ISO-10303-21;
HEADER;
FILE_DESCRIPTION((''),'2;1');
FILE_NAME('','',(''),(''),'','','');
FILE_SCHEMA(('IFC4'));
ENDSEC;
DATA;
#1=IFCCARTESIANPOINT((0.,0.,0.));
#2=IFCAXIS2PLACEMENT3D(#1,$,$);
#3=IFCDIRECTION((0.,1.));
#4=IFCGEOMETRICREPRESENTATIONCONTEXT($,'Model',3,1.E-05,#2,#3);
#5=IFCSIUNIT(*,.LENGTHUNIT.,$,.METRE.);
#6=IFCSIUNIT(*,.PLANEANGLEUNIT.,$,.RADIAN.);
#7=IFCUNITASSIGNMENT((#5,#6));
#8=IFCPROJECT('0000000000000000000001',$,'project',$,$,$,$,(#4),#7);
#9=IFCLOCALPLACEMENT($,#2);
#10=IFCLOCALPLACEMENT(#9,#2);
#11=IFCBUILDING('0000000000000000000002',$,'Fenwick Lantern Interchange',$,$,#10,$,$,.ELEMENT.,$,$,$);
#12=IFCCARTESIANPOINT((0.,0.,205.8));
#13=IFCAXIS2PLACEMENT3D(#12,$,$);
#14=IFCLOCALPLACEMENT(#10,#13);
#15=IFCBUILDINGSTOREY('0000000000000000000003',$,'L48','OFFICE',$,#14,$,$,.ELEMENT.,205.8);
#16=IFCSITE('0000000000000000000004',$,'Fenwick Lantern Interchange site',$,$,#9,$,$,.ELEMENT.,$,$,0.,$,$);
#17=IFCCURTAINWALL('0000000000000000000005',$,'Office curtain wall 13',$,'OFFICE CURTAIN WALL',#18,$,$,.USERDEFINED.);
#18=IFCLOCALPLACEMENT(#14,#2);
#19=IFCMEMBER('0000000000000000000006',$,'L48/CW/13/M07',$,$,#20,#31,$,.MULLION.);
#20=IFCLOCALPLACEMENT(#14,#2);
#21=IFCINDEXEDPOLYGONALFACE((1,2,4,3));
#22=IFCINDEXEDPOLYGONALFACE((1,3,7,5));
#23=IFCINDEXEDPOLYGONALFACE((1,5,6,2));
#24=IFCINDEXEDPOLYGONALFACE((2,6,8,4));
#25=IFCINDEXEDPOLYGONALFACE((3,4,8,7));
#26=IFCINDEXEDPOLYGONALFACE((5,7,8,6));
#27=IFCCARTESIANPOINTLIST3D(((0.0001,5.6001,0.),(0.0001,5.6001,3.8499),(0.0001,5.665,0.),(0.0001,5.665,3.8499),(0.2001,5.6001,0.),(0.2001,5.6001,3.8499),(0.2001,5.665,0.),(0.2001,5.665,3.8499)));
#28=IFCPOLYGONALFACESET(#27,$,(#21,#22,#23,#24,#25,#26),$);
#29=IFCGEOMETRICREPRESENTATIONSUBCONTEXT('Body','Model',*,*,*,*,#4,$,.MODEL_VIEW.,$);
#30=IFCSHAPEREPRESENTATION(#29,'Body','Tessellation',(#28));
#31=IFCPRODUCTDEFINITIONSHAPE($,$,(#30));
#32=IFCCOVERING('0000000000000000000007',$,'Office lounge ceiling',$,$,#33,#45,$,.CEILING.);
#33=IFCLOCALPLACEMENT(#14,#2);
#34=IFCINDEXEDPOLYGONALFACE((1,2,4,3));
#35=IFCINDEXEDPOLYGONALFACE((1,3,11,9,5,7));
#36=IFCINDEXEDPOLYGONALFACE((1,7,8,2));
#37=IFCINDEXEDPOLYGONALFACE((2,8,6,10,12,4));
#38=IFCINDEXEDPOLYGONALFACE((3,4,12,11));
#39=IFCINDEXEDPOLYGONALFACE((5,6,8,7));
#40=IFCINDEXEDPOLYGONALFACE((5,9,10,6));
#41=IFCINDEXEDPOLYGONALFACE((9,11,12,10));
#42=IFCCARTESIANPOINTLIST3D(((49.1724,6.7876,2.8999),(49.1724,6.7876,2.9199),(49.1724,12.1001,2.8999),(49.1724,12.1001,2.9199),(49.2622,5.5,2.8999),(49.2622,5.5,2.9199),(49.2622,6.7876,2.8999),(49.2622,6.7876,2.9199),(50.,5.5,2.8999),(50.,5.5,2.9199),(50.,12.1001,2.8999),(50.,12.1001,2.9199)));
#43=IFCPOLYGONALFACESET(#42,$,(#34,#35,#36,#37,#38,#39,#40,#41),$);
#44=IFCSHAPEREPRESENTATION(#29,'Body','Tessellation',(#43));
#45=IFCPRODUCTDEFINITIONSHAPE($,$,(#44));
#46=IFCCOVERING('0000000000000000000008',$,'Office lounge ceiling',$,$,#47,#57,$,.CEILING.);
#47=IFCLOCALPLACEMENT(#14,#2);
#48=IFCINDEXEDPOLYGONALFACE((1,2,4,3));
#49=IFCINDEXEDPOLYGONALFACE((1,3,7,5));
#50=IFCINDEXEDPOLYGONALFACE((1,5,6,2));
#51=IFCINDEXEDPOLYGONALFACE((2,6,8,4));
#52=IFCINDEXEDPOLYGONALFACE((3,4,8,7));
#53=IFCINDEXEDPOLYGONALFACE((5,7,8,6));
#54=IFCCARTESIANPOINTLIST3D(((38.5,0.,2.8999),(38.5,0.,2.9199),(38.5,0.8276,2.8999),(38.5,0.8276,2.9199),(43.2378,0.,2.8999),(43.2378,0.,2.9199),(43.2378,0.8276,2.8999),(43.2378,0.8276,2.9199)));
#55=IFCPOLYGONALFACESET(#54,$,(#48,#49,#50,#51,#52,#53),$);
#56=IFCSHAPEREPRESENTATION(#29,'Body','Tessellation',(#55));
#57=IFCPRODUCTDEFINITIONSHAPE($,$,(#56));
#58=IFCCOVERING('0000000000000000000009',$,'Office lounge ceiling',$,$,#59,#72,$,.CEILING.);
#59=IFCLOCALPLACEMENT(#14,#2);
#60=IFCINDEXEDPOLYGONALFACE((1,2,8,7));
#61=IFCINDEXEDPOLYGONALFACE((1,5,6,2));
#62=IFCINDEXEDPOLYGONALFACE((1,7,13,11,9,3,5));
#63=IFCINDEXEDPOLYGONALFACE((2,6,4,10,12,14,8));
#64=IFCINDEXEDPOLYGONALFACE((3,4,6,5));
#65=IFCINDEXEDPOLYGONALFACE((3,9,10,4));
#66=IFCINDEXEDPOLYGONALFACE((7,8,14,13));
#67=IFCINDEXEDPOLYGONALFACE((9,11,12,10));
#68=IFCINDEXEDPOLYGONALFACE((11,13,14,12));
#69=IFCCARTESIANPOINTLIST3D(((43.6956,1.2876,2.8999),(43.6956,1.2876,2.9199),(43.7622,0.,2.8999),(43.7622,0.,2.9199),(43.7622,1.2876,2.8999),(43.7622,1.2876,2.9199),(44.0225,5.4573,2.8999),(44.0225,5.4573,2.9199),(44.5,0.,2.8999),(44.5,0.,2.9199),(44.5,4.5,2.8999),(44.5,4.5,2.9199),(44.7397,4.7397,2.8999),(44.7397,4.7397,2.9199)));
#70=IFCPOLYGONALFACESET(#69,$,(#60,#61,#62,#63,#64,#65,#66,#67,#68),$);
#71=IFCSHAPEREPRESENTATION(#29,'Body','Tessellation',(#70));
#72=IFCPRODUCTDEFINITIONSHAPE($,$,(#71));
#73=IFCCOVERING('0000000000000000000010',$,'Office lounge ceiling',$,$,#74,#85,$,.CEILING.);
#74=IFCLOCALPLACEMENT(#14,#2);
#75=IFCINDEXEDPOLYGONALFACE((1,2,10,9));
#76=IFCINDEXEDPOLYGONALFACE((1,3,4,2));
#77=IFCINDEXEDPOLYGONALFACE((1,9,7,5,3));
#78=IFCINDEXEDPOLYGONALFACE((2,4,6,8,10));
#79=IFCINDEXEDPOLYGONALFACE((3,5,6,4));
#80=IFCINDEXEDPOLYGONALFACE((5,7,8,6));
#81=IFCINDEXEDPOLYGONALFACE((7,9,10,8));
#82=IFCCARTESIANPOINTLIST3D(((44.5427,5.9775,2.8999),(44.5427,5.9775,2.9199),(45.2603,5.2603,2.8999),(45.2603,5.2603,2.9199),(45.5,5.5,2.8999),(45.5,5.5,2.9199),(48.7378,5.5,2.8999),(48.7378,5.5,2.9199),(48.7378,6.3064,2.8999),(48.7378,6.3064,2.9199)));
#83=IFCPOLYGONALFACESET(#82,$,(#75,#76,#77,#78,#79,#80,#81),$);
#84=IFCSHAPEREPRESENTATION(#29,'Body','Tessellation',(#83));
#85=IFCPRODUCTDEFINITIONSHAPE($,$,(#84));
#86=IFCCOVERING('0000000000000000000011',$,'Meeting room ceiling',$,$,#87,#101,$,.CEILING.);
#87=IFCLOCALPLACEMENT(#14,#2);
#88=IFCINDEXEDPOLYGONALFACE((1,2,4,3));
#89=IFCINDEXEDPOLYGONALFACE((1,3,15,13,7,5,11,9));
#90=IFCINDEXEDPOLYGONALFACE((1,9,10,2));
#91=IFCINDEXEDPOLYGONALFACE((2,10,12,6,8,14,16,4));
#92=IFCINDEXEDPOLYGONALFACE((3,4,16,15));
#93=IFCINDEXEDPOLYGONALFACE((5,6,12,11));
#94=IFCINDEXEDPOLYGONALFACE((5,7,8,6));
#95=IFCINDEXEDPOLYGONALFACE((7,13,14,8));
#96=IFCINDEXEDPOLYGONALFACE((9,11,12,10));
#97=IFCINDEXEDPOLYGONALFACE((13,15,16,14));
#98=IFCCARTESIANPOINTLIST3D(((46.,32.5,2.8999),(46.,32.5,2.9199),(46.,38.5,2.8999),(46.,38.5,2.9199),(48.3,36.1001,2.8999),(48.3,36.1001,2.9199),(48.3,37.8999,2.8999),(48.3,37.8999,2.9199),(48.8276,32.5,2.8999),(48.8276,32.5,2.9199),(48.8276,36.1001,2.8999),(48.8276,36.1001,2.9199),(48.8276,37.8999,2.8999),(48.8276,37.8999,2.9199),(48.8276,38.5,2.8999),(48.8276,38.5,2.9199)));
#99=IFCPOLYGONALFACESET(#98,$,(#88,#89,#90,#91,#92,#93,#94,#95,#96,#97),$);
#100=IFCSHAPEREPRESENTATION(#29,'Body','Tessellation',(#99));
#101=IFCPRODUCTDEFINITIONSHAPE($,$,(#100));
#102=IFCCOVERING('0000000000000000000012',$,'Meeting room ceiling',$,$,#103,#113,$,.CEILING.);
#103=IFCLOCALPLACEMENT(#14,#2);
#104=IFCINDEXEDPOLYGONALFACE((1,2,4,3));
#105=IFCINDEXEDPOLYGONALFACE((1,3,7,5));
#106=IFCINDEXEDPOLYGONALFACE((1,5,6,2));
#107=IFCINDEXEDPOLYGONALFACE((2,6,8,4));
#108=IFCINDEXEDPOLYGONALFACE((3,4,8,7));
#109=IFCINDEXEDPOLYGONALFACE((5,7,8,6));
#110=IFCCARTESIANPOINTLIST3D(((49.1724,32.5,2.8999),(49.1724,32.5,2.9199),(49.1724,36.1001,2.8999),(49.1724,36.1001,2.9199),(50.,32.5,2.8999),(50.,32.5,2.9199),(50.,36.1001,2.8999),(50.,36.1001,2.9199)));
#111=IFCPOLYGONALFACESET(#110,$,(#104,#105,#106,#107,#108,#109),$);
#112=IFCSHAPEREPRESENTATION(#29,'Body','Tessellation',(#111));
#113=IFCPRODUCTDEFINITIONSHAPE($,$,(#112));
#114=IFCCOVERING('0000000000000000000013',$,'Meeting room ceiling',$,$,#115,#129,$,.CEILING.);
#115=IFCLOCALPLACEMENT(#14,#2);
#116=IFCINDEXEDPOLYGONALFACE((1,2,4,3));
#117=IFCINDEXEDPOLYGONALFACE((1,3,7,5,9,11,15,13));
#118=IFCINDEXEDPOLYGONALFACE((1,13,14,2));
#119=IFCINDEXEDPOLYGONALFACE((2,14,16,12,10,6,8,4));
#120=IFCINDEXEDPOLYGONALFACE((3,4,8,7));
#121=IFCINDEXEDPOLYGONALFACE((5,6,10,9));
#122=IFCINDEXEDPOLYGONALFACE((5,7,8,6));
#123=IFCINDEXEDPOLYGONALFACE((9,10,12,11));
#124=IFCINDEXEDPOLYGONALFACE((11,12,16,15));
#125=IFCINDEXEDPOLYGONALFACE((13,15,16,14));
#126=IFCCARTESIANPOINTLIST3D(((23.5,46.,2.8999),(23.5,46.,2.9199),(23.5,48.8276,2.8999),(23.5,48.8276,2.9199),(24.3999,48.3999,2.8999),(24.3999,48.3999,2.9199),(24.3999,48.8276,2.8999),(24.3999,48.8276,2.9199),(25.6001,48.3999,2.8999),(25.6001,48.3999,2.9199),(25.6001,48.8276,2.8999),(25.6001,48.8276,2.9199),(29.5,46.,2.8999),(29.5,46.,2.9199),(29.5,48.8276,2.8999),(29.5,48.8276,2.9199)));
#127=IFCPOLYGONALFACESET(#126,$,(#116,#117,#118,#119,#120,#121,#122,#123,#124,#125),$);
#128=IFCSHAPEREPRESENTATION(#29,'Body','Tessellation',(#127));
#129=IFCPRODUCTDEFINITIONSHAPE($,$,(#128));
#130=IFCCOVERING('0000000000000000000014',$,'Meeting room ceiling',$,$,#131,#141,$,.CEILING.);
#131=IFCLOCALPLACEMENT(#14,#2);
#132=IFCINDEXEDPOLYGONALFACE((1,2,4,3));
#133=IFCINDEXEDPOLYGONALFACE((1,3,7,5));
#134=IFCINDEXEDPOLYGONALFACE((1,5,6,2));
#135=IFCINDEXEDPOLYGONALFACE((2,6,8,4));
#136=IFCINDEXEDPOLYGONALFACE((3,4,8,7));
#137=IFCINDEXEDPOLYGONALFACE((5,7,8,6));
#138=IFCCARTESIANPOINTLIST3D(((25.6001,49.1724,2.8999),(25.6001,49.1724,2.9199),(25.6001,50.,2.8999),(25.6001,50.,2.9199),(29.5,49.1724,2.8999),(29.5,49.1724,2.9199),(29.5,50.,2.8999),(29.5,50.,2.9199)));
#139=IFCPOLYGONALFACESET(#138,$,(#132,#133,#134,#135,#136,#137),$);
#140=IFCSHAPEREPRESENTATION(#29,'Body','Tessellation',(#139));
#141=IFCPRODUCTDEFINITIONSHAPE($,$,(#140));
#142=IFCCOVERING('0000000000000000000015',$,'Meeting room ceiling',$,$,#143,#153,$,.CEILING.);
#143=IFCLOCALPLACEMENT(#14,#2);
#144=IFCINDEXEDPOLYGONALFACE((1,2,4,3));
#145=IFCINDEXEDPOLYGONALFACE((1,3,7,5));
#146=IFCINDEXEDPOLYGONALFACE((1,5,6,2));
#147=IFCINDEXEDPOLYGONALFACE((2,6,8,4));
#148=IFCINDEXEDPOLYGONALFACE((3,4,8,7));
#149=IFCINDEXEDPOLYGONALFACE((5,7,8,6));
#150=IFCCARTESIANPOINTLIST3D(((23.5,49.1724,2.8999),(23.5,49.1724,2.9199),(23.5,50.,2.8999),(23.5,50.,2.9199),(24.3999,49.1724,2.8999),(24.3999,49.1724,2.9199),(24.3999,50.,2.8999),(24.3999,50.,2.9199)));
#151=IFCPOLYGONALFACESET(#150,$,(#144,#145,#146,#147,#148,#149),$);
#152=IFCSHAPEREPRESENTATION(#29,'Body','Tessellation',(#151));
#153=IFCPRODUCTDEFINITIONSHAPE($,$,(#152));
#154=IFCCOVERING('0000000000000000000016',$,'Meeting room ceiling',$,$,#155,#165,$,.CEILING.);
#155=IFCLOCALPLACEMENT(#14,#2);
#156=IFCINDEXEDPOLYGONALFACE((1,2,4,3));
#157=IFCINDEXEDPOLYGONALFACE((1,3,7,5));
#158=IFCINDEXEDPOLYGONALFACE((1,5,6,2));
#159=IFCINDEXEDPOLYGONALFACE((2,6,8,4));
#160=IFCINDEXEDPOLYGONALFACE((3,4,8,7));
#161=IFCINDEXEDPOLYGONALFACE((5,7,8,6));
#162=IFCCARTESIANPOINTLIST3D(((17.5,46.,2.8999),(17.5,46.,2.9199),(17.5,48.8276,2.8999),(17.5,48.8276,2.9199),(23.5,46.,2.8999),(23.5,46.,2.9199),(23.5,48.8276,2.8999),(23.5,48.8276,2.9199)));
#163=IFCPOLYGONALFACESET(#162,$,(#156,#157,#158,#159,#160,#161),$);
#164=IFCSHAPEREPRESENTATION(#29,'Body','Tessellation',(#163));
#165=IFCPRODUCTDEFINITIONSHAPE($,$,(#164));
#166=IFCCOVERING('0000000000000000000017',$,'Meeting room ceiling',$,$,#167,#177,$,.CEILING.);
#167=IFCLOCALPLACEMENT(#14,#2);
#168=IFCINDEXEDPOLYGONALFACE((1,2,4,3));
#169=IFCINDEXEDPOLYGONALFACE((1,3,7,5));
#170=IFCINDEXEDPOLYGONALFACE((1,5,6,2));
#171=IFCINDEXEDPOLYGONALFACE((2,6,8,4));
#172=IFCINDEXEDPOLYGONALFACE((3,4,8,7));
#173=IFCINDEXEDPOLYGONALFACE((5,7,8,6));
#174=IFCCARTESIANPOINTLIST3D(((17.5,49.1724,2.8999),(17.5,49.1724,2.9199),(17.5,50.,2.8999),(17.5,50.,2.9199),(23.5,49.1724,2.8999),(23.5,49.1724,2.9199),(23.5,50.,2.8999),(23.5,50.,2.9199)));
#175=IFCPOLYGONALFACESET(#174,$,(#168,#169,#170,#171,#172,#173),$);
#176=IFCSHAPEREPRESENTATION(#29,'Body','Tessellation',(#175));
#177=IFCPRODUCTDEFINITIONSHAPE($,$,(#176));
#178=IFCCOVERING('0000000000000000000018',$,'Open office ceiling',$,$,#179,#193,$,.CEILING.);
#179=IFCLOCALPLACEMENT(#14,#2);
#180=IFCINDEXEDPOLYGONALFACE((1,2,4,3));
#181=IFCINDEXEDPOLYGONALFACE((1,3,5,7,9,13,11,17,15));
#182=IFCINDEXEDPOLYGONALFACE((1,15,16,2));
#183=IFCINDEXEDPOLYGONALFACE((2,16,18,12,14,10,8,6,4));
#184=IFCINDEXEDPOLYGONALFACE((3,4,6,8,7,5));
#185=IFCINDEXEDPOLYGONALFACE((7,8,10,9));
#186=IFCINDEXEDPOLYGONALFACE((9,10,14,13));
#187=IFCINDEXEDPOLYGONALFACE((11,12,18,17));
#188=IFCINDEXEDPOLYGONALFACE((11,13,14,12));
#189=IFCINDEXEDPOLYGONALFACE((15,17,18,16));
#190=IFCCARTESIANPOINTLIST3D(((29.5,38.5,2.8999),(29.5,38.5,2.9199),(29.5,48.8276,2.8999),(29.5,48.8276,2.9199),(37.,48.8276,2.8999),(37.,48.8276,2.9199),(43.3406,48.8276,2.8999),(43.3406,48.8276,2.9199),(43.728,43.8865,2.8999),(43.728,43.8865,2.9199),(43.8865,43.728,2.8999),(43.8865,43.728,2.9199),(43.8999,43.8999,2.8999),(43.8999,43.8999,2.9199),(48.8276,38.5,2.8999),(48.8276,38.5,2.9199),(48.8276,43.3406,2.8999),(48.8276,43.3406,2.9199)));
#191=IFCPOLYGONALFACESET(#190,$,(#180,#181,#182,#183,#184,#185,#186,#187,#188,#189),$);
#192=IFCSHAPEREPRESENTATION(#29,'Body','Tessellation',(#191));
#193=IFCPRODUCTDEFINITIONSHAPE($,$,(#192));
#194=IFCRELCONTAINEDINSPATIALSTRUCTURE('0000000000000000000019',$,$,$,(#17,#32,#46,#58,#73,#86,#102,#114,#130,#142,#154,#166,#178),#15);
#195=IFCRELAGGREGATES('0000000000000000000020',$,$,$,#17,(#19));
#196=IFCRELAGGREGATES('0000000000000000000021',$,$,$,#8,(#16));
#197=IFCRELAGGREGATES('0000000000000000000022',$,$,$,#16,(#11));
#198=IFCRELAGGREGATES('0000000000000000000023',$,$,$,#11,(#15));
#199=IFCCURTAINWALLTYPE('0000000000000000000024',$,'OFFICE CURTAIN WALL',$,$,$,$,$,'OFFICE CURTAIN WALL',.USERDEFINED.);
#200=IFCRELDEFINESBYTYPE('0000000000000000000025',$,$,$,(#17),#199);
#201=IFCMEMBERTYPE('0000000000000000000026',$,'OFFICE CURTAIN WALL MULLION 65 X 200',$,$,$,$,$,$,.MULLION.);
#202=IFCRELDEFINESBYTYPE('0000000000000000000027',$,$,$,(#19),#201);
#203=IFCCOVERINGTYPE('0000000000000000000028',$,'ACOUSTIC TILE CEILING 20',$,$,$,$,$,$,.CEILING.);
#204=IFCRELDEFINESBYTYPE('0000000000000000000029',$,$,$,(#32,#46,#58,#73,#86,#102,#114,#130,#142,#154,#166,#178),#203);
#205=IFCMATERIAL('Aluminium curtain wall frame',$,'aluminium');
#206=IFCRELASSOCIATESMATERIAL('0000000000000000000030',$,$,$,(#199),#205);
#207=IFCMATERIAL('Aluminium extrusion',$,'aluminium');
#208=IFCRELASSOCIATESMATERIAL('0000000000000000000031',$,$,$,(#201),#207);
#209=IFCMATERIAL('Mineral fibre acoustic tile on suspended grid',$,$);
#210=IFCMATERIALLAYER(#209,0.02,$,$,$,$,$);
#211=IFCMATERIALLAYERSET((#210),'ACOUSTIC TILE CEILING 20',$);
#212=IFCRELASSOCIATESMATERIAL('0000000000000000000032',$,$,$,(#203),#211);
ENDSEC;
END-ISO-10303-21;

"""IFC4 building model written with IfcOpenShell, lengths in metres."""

from ifc_helpers import new_model, si_unit, direction, frame, origin, origin_2d, place, context, subcontext, project, spatial, polyline, rectangle, outline, extrude, material, layer, layer_set, material_profile, profile_set, type_object, element, aggregate, save


model = new_model("IFC4")

# Units and contexts
model_context = context("Model", 3, precision=1e-05, world=origin(), true_north=direction((0.0, 1.0)))
body_context = subcontext(model_context, "Body", "Model", "MODEL_VIEW")
ifc_project = project(units=[si_unit("LENGTHUNIT", "METRE"), si_unit("PLANEANGLEUNIT", "RADIAN")], contexts=[model_context])

# Site, building, storey
site_placement = place(None, origin())
site = spatial("IfcSite", under=ifc_project, at=site_placement, Name="Fenwick Lantern Interchange site", CompositionType="ELEMENT", RefElevation=0.0)
building_placement = place(site_placement, origin())
building = spatial("IfcBuilding", under=site, at=building_placement, Name="Fenwick Lantern Interchange", CompositionType="ELEMENT")
storey_placement = place(building_placement, frame((0.0, 0.0, 205.8)))
storey = spatial("IfcBuildingStorey", under=building, at=storey_placement, Name="L48", Description="OFFICE", CompositionType="ELEMENT", Elevation=205.8)

# Curtain wall, member
ifc_material_1 = material(Name="Aluminium curtain wall frame", Category="aluminium")
curtain_wall_type = type_object("IfcCurtainWallType", Name="OFFICE CURTAIN WALL", ElementType="OFFICE CURTAIN WALL", PredefinedType="USERDEFINED", material=ifc_material_1)
curtain_wall_placement = place(storey_placement, origin())
curtain_wall = element("IfcCurtainWall", 1, at=curtain_wall_placement, inside=storey, type_object=curtain_wall_type, Name="Office curtain wall 13", ObjectType="OFFICE CURTAIN WALL", PredefinedType="USERDEFINED")
ifc_material_2 = material(Name="Aluminium extrusion", Category="aluminium")
ifc_material_profile = material_profile(ifc_material_2, rectangle(XDim=0.2, YDim=0.0649, at=origin_2d()), Name="OFFICE CURTAIN WALL MULLION 65 X 200")
ifc_profile_set = profile_set([ifc_material_profile], Name="Aluminium extrusion")
member_type = type_object("IfcMemberType", Name="OFFICE CURTAIN WALL MULLION 65 X 200", PredefinedType="MULLION", material=ifc_profile_set)
member_placement = place(storey_placement, frame((0.1001, 5.6326, 0.0), z_axis=(0.0, 0.0, 1.0), x_axis=(1.0, 0.0, 0.0)))
member = element("IfcMember", 2, at=member_placement, type_object=member_type, Name="L48/CW/13/M07", PredefinedType="MULLION", context=body_context, shape_type="SweptSolid", body=[
    extrude(rectangle(XDim=0.2, YDim=0.0649, at=origin_2d()), origin(), (0.0, 0.0, 1.0), 3.8499),
])
aggregate(curtain_wall, [member])

# Coverings
ifc_material_3 = material(Name="Mineral fibre acoustic tile on suspended grid")
ifc_layer_1 = layer(ifc_material_3, 0.02)
ifc_layer_set_1 = layer_set([ifc_layer_1], Name="ACOUSTIC TILE CEILING 20")
covering_type_1 = type_object("IfcCoveringType", Name="ACOUSTIC TILE CEILING 20", PredefinedType="CEILING", material=ifc_layer_set_1)
covering_1_placement = place(storey_placement, frame((0.0, 0.0, 2.8999)))
element("IfcCovering", 3, at=covering_1_placement, inside=storey, type_object=covering_type_1, Name="Office lounge ceiling", PredefinedType="CEILING", context=body_context, shape_type="SweptSolid", body=[
    extrude(outline(polyline([(50.0, 12.1001), (49.1724, 12.1001), (49.1724, 6.7876), (49.2622, 6.7876), (49.2622, 5.5), (50.0, 5.5), (50.0, 12.1001)])), origin(), (0.0, 0.0, 1.0), 0.02),
])
covering_2_placement = place(storey_placement, frame((0.0, 0.0, 2.8999)))
element("IfcCovering", 4, at=covering_2_placement, inside=storey, type_object=covering_type_1, Name="Office lounge ceiling", PredefinedType="CEILING", context=body_context, shape_type="SweptSolid", body=[
    extrude(outline(polyline([(43.2378, 0.0), (43.2378, 0.8276), (38.5, 0.8276), (38.5, 0.0), (43.2378, 0.0)])), origin(), (0.0, 0.0, 1.0), 0.02),
])
covering_3_placement = place(storey_placement, frame((0.0, 0.0, 2.8999)))
element("IfcCovering", 5, at=covering_3_placement, inside=storey, type_object=covering_type_1, Name="Office lounge ceiling", PredefinedType="CEILING", context=body_context, shape_type="SweptSolid", body=[
    extrude(outline(polyline([(43.6956, 1.2876), (43.7622, 1.2876), (43.7622, 0.0), (44.5, 0.0), (44.5, 4.5), (44.7397, 4.7397), (44.0225, 5.4573), (43.6956, 1.2876)])), origin(), (0.0, 0.0, 1.0), 0.02),
])
covering_4_placement = place(storey_placement, frame((0.0, 0.0, 2.8999)))
element("IfcCovering", 6, at=covering_4_placement, inside=storey, type_object=covering_type_1, Name="Office lounge ceiling", PredefinedType="CEILING", context=body_context, shape_type="SweptSolid", body=[
    extrude(outline(polyline([(48.7378, 5.5), (48.7378, 6.3064), (44.5427, 5.9775), (45.2603, 5.2603), (45.5, 5.5), (48.7378, 5.5)])), origin(), (0.0, 0.0, 1.0), 0.02),
])
covering_5_placement = place(storey_placement, frame((0.0, 0.0, 2.8999)))
element("IfcCovering", 7, at=covering_5_placement, inside=storey, type_object=covering_type_1, Name="Meeting room ceiling", PredefinedType="CEILING", context=body_context, shape_type="SweptSolid", body=[
    extrude(outline(polyline([(46.0, 32.5), (48.8276, 32.5), (48.8276, 36.1001), (48.3, 36.1001), (48.3, 37.8999), (48.8276, 37.8999), (48.8276, 38.5), (46.0, 38.5), (46.0, 32.5)])), origin(), (0.0, 0.0, 1.0), 0.02),
])
covering_6_placement = place(storey_placement, frame((0.0, 0.0, 2.8999)))
element("IfcCovering", 8, at=covering_6_placement, inside=storey, type_object=covering_type_1, Name="Meeting room ceiling", PredefinedType="CEILING", context=body_context, shape_type="SweptSolid", body=[
    extrude(outline(polyline([(49.1724, 32.5), (50.0, 32.5), (50.0, 36.1001), (49.1724, 36.1001), (49.1724, 32.5)])), origin(), (0.0, 0.0, 1.0), 0.02),
])
covering_7_placement = place(storey_placement, frame((0.0, 0.0, 2.8999)))
element("IfcCovering", 9, at=covering_7_placement, inside=storey, type_object=covering_type_1, Name="Meeting room ceiling", PredefinedType="CEILING", context=body_context, shape_type="SweptSolid", body=[
    extrude(outline(polyline([(29.5, 46.0), (29.5, 48.8276), (25.6001, 48.8276), (25.6001, 48.3999), (24.3999, 48.3999), (24.3999, 48.8276), (23.5, 48.8276), (23.5, 46.0), (29.5, 46.0)])), origin(), (0.0, 0.0, 1.0), 0.02),
])
covering_8_placement = place(storey_placement, frame((0.0, 0.0, 2.8999)))
element("IfcCovering", 10, at=covering_8_placement, inside=storey, type_object=covering_type_1, Name="Meeting room ceiling", PredefinedType="CEILING", context=body_context, shape_type="SweptSolid", body=[
    extrude(outline(polyline([(29.5, 49.1724), (29.5, 50.0), (25.6001, 50.0), (25.6001, 49.1724), (29.5, 49.1724)])), origin(), (0.0, 0.0, 1.0), 0.02),
])
covering_9_placement = place(storey_placement, frame((0.0, 0.0, 2.8999)))
element("IfcCovering", 11, at=covering_9_placement, inside=storey, type_object=covering_type_1, Name="Meeting room ceiling", PredefinedType="CEILING", context=body_context, shape_type="SweptSolid", body=[
    extrude(outline(polyline([(23.5, 50.0), (23.5, 49.1724), (24.3999, 49.1724), (24.3999, 50.0), (23.5, 50.0)])), origin(), (0.0, 0.0, 1.0), 0.02),
])
covering_10_placement = place(storey_placement, frame((0.0, 0.0, 2.8999)))
element("IfcCovering", 12, at=covering_10_placement, inside=storey, type_object=covering_type_1, Name="Meeting room ceiling", PredefinedType="CEILING", context=body_context, shape_type="SweptSolid", body=[
    extrude(outline(polyline([(23.5, 46.0), (23.5, 48.8276), (17.5, 48.8276), (17.5, 46.0), (23.5, 46.0)])), origin(), (0.0, 0.0, 1.0), 0.02),
])
covering_11_placement = place(storey_placement, frame((0.0, 0.0, 2.8999)))
element("IfcCovering", 13, at=covering_11_placement, inside=storey, type_object=covering_type_1, Name="Meeting room ceiling", PredefinedType="CEILING", context=body_context, shape_type="SweptSolid", body=[
    extrude(outline(polyline([(17.5, 50.0), (17.5, 49.1724), (23.5, 49.1724), (23.5, 50.0), (17.5, 50.0)])), origin(), (0.0, 0.0, 1.0), 0.02),
])
covering_12_placement = place(storey_placement, frame((0.0, 0.0, 2.8999)))
element("IfcCovering", 14, at=covering_12_placement, inside=storey, type_object=covering_type_1, Name="Open office ceiling", PredefinedType="CEILING", context=body_context, shape_type="SweptSolid", body=[
    extrude(outline(polyline([(29.5, 38.5), (48.8276, 38.5), (48.8276, 43.3406), (43.8865, 43.728), (43.8999, 43.8999), (43.728, 43.8865), (43.3406, 48.8276), (37.0, 48.8276), (29.5, 48.8276), (29.5, 38.5)])), origin(), (0.0, 0.0, 1.0), 0.02),
])

save(model, "model.ifc")
